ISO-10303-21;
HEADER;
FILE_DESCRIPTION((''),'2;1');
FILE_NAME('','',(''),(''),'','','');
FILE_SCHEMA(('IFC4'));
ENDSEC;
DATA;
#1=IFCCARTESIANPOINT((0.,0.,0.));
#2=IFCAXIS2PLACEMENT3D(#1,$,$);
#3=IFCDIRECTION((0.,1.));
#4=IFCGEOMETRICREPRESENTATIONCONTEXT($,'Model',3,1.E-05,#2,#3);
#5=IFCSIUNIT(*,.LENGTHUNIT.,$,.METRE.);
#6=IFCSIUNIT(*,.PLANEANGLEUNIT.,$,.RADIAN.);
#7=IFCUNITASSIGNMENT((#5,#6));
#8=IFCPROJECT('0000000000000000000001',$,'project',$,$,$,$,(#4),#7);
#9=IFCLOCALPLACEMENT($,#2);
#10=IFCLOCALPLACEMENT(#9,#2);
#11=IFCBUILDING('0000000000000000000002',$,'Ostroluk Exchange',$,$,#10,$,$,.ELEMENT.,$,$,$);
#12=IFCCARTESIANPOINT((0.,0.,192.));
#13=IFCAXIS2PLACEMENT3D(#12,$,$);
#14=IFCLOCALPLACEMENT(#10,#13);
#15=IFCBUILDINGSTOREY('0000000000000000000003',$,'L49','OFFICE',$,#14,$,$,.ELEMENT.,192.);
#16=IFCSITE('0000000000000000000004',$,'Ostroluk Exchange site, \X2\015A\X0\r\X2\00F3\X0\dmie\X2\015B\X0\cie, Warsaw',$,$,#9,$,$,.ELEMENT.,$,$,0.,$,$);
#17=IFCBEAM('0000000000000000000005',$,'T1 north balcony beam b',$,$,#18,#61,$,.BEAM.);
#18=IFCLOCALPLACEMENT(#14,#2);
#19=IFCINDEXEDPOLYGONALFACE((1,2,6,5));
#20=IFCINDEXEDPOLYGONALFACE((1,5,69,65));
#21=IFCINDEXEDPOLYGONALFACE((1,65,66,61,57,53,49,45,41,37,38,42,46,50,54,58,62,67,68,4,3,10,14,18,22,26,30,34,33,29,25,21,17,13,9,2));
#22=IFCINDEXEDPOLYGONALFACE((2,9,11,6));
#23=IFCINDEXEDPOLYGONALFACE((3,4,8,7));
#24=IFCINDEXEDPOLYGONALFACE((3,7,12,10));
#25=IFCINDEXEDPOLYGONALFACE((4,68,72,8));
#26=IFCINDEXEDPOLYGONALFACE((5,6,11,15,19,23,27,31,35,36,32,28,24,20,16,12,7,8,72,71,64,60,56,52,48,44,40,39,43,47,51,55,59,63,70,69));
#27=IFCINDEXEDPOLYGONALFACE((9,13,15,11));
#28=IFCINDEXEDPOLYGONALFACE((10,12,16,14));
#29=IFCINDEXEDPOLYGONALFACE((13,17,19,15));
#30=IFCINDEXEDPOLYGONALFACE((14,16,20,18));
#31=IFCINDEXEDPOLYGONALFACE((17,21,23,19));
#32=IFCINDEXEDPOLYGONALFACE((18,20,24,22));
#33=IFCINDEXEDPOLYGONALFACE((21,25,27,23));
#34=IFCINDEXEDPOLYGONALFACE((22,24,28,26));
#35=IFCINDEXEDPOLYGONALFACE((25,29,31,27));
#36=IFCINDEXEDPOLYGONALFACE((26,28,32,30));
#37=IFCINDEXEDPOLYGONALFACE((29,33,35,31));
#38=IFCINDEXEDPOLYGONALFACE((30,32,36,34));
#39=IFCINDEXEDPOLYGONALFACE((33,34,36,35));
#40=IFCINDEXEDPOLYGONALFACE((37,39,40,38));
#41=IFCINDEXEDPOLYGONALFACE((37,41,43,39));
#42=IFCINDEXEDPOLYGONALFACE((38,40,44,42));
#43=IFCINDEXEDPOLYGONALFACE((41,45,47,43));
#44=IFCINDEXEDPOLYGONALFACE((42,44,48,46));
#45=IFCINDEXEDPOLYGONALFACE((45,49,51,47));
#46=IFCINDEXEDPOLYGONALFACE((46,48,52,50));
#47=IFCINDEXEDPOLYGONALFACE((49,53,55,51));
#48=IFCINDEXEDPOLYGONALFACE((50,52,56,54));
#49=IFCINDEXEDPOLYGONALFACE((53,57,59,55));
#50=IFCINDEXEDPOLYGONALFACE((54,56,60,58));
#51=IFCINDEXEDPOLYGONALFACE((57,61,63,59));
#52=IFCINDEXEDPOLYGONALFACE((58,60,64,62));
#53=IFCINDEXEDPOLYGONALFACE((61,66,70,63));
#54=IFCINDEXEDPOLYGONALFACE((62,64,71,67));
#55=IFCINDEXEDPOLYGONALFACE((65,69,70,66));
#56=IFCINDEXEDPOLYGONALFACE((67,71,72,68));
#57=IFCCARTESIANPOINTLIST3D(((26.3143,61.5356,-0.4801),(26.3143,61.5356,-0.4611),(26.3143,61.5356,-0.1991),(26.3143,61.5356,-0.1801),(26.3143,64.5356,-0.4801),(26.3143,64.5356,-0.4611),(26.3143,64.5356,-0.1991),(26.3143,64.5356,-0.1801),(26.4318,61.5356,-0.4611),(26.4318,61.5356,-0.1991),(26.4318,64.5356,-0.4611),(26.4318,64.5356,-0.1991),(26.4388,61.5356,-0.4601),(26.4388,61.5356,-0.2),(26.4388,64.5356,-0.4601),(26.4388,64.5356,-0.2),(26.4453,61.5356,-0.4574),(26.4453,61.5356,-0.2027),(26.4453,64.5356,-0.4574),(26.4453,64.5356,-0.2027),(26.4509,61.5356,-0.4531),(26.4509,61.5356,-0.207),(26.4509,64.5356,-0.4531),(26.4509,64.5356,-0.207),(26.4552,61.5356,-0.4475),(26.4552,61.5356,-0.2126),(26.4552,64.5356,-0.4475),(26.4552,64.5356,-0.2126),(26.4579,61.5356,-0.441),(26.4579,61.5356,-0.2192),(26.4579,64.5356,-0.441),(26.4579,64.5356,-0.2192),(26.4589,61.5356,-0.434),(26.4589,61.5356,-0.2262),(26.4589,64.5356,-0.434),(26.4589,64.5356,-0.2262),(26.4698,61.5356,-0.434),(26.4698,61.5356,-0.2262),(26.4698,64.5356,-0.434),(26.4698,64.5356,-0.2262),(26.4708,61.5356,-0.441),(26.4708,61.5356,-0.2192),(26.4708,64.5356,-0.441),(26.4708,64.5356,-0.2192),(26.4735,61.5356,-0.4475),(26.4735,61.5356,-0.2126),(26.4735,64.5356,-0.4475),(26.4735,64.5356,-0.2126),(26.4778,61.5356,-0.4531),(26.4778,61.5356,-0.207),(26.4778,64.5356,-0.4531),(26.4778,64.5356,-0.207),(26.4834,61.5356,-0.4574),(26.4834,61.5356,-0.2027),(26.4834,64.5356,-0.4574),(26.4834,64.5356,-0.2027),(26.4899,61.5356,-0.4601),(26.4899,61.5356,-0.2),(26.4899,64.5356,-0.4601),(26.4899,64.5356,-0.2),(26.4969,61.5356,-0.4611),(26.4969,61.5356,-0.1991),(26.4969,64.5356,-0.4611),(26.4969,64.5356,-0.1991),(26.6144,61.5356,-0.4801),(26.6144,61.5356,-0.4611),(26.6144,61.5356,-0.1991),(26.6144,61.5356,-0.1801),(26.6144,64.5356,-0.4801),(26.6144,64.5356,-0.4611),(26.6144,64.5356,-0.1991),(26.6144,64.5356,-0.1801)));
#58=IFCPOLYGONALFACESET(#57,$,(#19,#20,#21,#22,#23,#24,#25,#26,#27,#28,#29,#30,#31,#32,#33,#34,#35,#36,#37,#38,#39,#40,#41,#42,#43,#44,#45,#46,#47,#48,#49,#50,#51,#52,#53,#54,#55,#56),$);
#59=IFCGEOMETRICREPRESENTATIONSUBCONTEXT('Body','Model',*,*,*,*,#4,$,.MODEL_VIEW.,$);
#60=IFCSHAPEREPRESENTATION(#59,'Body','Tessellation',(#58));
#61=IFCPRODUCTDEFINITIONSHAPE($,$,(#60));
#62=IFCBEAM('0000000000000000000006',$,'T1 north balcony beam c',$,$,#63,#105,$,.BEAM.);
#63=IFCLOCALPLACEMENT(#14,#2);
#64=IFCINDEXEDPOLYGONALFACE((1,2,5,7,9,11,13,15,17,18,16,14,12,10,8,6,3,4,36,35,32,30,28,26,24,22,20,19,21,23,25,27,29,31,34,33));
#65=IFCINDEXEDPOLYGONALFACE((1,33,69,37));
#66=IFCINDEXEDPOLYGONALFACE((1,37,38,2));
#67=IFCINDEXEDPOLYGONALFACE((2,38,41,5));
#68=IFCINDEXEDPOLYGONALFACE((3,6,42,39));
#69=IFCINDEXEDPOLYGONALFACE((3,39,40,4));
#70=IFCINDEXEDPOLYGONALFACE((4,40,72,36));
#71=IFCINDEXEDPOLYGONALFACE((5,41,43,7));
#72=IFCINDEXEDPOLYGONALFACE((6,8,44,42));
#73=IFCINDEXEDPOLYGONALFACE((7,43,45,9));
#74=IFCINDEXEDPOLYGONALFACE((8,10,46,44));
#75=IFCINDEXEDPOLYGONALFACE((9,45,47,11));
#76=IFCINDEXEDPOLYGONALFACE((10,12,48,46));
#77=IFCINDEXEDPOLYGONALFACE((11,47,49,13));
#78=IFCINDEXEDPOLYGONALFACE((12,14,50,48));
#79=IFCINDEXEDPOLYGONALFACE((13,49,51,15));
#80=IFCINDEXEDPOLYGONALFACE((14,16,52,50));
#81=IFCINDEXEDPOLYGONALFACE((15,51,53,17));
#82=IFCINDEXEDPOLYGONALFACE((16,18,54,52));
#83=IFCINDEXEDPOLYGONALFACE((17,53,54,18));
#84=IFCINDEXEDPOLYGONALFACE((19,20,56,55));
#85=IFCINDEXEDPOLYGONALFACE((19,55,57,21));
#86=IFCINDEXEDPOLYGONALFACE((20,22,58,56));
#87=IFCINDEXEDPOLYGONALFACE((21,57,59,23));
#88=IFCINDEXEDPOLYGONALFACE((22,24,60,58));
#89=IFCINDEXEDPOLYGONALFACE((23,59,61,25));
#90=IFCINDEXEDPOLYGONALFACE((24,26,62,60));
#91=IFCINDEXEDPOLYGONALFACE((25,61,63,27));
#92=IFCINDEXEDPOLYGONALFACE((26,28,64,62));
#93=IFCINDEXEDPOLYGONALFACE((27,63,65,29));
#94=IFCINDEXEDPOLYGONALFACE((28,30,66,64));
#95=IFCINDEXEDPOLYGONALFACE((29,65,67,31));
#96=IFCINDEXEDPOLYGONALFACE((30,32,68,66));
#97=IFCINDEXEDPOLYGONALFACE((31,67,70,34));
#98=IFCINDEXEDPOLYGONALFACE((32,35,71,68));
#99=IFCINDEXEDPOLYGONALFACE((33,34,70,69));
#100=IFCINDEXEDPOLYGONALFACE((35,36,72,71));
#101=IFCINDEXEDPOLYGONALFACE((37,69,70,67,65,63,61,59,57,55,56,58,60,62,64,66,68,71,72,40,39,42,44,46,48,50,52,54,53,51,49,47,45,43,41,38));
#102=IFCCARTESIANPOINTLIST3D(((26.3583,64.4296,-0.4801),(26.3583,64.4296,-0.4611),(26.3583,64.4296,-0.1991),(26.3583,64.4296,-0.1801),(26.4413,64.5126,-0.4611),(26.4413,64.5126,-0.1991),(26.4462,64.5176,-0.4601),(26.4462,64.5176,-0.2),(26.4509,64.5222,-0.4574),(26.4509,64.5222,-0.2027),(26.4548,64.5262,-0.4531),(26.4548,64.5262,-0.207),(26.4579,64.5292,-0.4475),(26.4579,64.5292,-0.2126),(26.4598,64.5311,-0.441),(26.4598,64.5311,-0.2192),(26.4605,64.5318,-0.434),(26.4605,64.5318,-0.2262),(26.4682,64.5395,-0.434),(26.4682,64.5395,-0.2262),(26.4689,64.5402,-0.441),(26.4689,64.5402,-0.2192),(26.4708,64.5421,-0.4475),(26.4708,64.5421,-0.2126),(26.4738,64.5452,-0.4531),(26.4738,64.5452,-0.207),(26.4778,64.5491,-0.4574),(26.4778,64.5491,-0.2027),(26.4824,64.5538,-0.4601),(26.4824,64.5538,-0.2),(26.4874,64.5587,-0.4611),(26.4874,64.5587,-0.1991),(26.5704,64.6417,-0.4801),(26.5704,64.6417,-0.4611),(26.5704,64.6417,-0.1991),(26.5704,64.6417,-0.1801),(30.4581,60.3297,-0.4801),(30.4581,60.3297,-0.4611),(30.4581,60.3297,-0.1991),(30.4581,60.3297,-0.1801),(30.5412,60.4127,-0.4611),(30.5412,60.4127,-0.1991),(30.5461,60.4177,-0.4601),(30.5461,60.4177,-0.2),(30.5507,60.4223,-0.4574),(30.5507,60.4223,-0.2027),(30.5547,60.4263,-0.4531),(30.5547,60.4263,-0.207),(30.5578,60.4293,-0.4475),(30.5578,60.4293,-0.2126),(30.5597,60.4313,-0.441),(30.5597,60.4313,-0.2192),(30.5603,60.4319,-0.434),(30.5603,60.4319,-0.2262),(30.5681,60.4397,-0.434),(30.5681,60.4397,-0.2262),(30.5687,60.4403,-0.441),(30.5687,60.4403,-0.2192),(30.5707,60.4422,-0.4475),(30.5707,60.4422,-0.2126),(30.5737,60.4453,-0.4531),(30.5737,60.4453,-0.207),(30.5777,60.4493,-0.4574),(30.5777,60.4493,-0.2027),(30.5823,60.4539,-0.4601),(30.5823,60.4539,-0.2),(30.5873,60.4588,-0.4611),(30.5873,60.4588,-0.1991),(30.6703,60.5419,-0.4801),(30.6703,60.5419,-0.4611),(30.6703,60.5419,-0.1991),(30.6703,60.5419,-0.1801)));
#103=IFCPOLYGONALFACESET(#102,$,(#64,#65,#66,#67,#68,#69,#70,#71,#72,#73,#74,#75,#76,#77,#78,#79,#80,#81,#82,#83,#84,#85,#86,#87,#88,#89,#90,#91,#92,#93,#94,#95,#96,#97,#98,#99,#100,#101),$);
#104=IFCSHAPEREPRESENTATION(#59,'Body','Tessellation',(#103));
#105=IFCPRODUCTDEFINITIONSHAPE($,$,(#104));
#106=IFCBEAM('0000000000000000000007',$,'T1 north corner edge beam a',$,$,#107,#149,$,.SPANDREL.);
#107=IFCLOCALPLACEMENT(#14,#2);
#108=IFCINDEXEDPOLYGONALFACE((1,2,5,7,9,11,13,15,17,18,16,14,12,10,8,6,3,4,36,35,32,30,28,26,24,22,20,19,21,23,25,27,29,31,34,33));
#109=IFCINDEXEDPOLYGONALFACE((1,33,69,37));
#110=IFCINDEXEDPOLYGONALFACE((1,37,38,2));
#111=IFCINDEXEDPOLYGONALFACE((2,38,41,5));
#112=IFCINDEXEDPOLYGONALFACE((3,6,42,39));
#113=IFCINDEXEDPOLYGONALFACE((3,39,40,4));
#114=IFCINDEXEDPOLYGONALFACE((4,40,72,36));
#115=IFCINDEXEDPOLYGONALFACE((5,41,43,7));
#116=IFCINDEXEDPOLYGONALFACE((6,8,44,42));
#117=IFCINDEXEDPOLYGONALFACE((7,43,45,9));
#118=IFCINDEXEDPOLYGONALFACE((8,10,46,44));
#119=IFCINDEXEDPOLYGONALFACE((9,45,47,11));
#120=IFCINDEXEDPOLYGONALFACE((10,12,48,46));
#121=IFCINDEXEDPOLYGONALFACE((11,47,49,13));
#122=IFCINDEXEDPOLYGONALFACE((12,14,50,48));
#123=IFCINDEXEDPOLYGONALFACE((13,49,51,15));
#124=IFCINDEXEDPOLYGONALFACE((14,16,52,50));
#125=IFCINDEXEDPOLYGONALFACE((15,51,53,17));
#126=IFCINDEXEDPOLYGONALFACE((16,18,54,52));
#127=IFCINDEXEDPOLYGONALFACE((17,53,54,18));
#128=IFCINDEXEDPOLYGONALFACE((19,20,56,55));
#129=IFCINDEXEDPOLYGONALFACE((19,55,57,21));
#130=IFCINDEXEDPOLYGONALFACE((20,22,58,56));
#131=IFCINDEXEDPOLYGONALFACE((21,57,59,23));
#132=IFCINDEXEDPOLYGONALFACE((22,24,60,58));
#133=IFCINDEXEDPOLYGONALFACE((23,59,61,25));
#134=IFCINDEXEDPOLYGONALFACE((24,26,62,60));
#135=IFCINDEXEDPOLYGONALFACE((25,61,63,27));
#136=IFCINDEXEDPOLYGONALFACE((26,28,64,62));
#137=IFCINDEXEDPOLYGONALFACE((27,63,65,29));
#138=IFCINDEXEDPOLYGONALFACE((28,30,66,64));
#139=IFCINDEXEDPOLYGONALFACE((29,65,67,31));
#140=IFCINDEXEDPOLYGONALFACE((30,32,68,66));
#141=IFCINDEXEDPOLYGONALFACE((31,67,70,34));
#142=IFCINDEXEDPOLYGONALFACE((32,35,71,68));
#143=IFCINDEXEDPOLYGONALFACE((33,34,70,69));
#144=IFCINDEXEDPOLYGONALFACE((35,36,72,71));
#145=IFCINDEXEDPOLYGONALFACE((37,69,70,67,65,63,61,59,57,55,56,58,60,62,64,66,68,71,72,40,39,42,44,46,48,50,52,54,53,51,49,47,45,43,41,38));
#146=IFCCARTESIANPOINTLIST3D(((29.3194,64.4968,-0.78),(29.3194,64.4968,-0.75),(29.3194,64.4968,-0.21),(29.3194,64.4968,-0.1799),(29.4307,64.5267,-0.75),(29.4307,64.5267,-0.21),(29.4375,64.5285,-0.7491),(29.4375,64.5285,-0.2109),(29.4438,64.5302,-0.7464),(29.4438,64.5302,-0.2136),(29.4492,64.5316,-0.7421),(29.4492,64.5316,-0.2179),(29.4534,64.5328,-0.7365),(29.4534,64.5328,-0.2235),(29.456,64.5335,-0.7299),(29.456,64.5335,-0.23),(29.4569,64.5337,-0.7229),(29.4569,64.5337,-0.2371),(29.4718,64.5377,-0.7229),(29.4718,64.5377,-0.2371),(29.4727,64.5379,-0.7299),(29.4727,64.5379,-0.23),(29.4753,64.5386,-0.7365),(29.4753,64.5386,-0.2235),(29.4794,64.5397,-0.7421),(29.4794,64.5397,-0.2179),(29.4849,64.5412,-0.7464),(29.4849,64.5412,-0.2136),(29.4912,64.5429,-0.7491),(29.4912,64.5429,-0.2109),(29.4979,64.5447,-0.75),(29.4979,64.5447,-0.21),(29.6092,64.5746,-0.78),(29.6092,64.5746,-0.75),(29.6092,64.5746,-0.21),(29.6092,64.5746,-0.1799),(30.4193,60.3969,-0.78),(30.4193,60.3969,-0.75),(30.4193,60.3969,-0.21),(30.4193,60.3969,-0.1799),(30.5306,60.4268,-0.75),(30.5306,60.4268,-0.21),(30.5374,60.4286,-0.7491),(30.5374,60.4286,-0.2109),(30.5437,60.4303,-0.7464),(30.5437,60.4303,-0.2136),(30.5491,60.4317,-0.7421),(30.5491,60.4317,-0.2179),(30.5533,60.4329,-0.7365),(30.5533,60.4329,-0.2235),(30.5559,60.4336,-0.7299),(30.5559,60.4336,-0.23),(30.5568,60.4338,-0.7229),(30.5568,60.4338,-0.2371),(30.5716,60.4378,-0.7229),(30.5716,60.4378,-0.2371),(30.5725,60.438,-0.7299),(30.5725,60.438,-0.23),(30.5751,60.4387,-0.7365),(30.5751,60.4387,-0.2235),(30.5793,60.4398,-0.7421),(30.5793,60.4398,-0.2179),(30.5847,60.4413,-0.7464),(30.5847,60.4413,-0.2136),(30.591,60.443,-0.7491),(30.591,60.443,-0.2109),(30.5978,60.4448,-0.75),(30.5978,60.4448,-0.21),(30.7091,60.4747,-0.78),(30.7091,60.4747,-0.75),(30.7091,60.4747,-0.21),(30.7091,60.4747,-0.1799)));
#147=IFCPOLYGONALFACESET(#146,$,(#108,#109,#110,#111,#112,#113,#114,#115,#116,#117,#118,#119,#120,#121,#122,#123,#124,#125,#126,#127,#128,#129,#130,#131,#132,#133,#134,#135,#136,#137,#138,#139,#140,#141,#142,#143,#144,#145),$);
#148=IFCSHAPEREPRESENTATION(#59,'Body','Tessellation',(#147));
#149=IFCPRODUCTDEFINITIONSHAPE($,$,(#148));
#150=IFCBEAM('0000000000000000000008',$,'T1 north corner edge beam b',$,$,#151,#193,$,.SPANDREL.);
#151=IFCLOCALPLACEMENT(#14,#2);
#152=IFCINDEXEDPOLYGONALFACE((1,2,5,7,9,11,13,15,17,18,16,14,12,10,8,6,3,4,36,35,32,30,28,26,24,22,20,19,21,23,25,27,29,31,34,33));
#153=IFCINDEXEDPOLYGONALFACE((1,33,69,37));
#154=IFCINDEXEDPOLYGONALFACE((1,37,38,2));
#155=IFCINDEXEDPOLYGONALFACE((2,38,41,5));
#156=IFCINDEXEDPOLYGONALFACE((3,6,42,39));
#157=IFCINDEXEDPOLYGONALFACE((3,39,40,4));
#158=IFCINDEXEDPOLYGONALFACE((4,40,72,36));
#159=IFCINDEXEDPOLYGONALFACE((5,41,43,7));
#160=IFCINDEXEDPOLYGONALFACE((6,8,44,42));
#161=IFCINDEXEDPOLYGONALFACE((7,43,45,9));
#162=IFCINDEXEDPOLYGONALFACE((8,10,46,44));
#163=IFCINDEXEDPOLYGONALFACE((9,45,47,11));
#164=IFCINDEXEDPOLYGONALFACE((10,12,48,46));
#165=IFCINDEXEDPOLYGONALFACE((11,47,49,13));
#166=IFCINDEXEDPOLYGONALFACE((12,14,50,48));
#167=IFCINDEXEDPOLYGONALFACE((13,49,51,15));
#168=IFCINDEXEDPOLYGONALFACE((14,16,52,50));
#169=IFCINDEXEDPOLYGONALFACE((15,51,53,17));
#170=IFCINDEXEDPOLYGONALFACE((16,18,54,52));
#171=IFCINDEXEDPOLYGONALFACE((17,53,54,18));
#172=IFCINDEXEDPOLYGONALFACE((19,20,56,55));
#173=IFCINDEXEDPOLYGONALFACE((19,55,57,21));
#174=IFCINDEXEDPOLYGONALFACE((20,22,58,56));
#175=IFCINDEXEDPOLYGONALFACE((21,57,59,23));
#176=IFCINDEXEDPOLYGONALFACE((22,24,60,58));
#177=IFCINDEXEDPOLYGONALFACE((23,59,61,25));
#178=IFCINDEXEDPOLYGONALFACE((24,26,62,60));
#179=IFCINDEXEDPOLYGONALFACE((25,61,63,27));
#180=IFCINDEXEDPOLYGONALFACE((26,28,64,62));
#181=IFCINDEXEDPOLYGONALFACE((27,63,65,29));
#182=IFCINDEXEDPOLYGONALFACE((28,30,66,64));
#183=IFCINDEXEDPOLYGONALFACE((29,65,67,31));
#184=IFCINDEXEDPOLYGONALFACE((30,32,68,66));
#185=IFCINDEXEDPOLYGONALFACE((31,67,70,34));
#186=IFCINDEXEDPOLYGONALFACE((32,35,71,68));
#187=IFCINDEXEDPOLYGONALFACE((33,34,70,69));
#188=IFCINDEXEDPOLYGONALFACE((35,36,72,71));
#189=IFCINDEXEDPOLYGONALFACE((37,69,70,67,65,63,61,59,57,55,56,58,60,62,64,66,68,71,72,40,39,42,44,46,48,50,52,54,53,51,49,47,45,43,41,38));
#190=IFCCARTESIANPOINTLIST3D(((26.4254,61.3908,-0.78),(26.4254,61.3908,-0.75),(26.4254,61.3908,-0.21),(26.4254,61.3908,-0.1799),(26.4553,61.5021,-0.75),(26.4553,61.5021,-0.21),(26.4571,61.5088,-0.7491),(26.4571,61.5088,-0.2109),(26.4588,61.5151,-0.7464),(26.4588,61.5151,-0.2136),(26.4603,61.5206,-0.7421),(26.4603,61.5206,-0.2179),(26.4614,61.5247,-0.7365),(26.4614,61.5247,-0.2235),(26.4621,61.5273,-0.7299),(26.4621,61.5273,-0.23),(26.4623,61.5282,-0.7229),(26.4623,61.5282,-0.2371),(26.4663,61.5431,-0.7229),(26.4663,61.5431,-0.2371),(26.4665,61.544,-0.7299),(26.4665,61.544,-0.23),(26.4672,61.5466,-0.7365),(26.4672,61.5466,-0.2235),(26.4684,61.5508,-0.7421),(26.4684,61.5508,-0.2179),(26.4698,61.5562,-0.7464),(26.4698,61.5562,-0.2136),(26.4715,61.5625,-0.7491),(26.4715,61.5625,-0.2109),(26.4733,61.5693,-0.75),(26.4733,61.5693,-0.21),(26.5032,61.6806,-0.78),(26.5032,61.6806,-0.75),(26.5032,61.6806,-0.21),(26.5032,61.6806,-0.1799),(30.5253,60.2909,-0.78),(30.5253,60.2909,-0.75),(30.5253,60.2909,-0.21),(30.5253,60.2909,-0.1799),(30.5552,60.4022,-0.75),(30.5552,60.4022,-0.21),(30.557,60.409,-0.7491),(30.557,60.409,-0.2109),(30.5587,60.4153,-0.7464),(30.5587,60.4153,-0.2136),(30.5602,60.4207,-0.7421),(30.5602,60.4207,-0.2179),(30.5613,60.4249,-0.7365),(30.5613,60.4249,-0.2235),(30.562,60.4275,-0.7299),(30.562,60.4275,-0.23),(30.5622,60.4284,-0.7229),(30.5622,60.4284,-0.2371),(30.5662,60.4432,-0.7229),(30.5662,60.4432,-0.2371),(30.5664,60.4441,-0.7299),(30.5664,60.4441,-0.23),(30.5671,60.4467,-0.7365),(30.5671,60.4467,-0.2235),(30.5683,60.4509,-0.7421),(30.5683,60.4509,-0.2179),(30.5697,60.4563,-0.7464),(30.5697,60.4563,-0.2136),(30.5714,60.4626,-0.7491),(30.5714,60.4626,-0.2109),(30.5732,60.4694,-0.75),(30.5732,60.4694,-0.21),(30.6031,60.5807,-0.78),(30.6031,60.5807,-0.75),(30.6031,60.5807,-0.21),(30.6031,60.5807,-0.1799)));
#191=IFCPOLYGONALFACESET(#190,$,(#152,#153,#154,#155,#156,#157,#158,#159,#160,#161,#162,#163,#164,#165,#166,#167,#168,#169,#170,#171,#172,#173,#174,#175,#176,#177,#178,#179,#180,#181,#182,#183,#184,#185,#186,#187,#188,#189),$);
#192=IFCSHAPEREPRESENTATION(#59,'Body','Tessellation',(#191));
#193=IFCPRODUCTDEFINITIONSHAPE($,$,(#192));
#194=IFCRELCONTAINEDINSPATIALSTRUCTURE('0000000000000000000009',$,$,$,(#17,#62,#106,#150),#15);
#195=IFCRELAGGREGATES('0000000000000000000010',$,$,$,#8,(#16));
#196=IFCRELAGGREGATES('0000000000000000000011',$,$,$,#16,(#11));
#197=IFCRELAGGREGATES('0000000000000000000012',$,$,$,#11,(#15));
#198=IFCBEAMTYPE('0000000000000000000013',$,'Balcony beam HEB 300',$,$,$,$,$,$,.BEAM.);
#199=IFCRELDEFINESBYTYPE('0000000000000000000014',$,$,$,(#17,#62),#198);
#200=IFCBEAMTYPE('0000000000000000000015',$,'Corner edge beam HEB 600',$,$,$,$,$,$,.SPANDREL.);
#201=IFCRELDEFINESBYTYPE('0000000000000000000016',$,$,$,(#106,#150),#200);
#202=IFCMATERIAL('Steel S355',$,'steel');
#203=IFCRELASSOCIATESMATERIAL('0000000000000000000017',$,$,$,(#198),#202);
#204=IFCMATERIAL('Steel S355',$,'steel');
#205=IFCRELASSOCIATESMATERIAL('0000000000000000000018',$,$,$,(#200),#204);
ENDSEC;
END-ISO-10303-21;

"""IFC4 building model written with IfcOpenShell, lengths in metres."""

from ifc_helpers import new_model, si_unit, direction, frame, origin, origin_2d, place, context, subcontext, project, spatial, i_section, extrude, material, material_profile, profile_set, type_object, element, save


model = new_model("IFC4")

# Units and contexts
model_context = context("Model", 3, precision=1e-05, world=origin(), true_north=direction((0.0, 1.0)))
body_context = subcontext(model_context, "Body", "Model", "MODEL_VIEW")
ifc_project = project(units=[si_unit("LENGTHUNIT", "METRE"), si_unit("PLANEANGLEUNIT", "RADIAN")], contexts=[model_context])

# Site, building, storey
site_placement = place(None, origin())
site = spatial("IfcSite", under=ifc_project, at=site_placement, Name="Ostroluk Exchange site, Śródmieście, Warsaw", CompositionType="ELEMENT", RefElevation=0.0)
building_placement = place(site_placement, origin())
building = spatial("IfcBuilding", under=site, at=building_placement, Name="Ostroluk Exchange", CompositionType="ELEMENT")
storey_placement = place(building_placement, frame((0.0, 0.0, 192.0)))
storey = spatial("IfcBuildingStorey", under=building, at=storey_placement, Name="L49", Description="OFFICE", CompositionType="ELEMENT", Elevation=192.0)

# Beams
ifc_material_1 = material(Name="Steel S355", Category="steel")
ifc_material_profile_1 = material_profile(ifc_material_1, i_section(OverallWidth=0.3, OverallDepth=0.3, WebThickness=0.011, FlangeThickness=0.019, FilletRadius=0.0271, at=origin_2d()), Name="HEB 300")
ifc_profile_set_1 = profile_set([ifc_material_profile_1], Name="Steel S355")
beam_type_1 = type_object("IfcBeamType", Name="Balcony beam HEB 300", PredefinedType="BEAM", material=ifc_profile_set_1)
for number, where, z_axis, x_axis, name in (
    (1, (26.4644, 61.5356, -0.3301), (0.0, 1.0, 0.0), (-1.0, 0.0, 0.0), "T1 north balcony beam b"),
):
    element("IfcBeam", number, at=place(storey_placement, frame(where, z_axis=z_axis, x_axis=x_axis)), inside=storey, type_object=beam_type_1, Name=name, PredefinedType="BEAM", context=body_context, shape_type="SweptSolid", body=[
        extrude(i_section(OverallWidth=0.3, OverallDepth=0.3, WebThickness=0.011, FlangeThickness=0.019, FilletRadius=0.0271, at=origin_2d()), origin(), (0.0, 0.0, 1.0), 3.0),
    ])
beam_1_placement = place(storey_placement, frame((30.5642, 60.4358, -0.3301), z_axis=(-0.707107, 0.707107, 0.0), x_axis=(-0.707107, -0.707107, 0.0)))
element("IfcBeam", 2, at=beam_1_placement, inside=storey, type_object=beam_type_1, Name="T1 north balcony beam c", PredefinedType="BEAM", context=body_context, shape_type="SweptSolid", body=[
    extrude(i_section(OverallWidth=0.3, OverallDepth=0.3, WebThickness=0.011, FlangeThickness=0.019, FilletRadius=0.0271, at=origin_2d()), origin(), (0.0, 0.0, 1.0), 5.7981),
])
ifc_material_2 = material(Name="Steel S355", Category="steel")
ifc_material_profile_2 = material_profile(ifc_material_2, i_section(OverallWidth=0.3, OverallDepth=0.6001, WebThickness=0.0154, FlangeThickness=0.03, FilletRadius=0.0271, at=origin_2d()), Name="HEB 600")
ifc_profile_set_2 = profile_set([ifc_material_profile_2], Name="Steel S355")
beam_type_2 = type_object("IfcBeamType", Name="Corner edge beam HEB 600", PredefinedType="SPANDREL", material=ifc_profile_set_2)
for number, where, z_axis, x_axis, name in (
    (3, (30.5642, 60.4358, -0.48), (-0.259105, 0.965849, 0.0), (-0.965849, -0.259105, 0.0), "T1 north corner edge beam a"),
    (4, (30.5642, 60.4358, -0.48), (-0.965849, 0.259105, 0.0), (-0.259105, -0.965849, 0.0), "T1 north corner edge beam b"),
):
    element("IfcBeam", number, at=place(storey_placement, frame(where, z_axis=z_axis, x_axis=x_axis)), inside=storey, type_object=beam_type_2, Name=name, PredefinedType="SPANDREL", context=body_context, shape_type="SweptSolid", body=[
        extrude(i_section(OverallWidth=0.3, OverallDepth=0.6001, WebThickness=0.0154, FlangeThickness=0.03, FilletRadius=0.0271, at=origin_2d()), origin(), (0.0, 0.0, 1.0), 4.2449),
    ])

save(model, "model.ifc")
